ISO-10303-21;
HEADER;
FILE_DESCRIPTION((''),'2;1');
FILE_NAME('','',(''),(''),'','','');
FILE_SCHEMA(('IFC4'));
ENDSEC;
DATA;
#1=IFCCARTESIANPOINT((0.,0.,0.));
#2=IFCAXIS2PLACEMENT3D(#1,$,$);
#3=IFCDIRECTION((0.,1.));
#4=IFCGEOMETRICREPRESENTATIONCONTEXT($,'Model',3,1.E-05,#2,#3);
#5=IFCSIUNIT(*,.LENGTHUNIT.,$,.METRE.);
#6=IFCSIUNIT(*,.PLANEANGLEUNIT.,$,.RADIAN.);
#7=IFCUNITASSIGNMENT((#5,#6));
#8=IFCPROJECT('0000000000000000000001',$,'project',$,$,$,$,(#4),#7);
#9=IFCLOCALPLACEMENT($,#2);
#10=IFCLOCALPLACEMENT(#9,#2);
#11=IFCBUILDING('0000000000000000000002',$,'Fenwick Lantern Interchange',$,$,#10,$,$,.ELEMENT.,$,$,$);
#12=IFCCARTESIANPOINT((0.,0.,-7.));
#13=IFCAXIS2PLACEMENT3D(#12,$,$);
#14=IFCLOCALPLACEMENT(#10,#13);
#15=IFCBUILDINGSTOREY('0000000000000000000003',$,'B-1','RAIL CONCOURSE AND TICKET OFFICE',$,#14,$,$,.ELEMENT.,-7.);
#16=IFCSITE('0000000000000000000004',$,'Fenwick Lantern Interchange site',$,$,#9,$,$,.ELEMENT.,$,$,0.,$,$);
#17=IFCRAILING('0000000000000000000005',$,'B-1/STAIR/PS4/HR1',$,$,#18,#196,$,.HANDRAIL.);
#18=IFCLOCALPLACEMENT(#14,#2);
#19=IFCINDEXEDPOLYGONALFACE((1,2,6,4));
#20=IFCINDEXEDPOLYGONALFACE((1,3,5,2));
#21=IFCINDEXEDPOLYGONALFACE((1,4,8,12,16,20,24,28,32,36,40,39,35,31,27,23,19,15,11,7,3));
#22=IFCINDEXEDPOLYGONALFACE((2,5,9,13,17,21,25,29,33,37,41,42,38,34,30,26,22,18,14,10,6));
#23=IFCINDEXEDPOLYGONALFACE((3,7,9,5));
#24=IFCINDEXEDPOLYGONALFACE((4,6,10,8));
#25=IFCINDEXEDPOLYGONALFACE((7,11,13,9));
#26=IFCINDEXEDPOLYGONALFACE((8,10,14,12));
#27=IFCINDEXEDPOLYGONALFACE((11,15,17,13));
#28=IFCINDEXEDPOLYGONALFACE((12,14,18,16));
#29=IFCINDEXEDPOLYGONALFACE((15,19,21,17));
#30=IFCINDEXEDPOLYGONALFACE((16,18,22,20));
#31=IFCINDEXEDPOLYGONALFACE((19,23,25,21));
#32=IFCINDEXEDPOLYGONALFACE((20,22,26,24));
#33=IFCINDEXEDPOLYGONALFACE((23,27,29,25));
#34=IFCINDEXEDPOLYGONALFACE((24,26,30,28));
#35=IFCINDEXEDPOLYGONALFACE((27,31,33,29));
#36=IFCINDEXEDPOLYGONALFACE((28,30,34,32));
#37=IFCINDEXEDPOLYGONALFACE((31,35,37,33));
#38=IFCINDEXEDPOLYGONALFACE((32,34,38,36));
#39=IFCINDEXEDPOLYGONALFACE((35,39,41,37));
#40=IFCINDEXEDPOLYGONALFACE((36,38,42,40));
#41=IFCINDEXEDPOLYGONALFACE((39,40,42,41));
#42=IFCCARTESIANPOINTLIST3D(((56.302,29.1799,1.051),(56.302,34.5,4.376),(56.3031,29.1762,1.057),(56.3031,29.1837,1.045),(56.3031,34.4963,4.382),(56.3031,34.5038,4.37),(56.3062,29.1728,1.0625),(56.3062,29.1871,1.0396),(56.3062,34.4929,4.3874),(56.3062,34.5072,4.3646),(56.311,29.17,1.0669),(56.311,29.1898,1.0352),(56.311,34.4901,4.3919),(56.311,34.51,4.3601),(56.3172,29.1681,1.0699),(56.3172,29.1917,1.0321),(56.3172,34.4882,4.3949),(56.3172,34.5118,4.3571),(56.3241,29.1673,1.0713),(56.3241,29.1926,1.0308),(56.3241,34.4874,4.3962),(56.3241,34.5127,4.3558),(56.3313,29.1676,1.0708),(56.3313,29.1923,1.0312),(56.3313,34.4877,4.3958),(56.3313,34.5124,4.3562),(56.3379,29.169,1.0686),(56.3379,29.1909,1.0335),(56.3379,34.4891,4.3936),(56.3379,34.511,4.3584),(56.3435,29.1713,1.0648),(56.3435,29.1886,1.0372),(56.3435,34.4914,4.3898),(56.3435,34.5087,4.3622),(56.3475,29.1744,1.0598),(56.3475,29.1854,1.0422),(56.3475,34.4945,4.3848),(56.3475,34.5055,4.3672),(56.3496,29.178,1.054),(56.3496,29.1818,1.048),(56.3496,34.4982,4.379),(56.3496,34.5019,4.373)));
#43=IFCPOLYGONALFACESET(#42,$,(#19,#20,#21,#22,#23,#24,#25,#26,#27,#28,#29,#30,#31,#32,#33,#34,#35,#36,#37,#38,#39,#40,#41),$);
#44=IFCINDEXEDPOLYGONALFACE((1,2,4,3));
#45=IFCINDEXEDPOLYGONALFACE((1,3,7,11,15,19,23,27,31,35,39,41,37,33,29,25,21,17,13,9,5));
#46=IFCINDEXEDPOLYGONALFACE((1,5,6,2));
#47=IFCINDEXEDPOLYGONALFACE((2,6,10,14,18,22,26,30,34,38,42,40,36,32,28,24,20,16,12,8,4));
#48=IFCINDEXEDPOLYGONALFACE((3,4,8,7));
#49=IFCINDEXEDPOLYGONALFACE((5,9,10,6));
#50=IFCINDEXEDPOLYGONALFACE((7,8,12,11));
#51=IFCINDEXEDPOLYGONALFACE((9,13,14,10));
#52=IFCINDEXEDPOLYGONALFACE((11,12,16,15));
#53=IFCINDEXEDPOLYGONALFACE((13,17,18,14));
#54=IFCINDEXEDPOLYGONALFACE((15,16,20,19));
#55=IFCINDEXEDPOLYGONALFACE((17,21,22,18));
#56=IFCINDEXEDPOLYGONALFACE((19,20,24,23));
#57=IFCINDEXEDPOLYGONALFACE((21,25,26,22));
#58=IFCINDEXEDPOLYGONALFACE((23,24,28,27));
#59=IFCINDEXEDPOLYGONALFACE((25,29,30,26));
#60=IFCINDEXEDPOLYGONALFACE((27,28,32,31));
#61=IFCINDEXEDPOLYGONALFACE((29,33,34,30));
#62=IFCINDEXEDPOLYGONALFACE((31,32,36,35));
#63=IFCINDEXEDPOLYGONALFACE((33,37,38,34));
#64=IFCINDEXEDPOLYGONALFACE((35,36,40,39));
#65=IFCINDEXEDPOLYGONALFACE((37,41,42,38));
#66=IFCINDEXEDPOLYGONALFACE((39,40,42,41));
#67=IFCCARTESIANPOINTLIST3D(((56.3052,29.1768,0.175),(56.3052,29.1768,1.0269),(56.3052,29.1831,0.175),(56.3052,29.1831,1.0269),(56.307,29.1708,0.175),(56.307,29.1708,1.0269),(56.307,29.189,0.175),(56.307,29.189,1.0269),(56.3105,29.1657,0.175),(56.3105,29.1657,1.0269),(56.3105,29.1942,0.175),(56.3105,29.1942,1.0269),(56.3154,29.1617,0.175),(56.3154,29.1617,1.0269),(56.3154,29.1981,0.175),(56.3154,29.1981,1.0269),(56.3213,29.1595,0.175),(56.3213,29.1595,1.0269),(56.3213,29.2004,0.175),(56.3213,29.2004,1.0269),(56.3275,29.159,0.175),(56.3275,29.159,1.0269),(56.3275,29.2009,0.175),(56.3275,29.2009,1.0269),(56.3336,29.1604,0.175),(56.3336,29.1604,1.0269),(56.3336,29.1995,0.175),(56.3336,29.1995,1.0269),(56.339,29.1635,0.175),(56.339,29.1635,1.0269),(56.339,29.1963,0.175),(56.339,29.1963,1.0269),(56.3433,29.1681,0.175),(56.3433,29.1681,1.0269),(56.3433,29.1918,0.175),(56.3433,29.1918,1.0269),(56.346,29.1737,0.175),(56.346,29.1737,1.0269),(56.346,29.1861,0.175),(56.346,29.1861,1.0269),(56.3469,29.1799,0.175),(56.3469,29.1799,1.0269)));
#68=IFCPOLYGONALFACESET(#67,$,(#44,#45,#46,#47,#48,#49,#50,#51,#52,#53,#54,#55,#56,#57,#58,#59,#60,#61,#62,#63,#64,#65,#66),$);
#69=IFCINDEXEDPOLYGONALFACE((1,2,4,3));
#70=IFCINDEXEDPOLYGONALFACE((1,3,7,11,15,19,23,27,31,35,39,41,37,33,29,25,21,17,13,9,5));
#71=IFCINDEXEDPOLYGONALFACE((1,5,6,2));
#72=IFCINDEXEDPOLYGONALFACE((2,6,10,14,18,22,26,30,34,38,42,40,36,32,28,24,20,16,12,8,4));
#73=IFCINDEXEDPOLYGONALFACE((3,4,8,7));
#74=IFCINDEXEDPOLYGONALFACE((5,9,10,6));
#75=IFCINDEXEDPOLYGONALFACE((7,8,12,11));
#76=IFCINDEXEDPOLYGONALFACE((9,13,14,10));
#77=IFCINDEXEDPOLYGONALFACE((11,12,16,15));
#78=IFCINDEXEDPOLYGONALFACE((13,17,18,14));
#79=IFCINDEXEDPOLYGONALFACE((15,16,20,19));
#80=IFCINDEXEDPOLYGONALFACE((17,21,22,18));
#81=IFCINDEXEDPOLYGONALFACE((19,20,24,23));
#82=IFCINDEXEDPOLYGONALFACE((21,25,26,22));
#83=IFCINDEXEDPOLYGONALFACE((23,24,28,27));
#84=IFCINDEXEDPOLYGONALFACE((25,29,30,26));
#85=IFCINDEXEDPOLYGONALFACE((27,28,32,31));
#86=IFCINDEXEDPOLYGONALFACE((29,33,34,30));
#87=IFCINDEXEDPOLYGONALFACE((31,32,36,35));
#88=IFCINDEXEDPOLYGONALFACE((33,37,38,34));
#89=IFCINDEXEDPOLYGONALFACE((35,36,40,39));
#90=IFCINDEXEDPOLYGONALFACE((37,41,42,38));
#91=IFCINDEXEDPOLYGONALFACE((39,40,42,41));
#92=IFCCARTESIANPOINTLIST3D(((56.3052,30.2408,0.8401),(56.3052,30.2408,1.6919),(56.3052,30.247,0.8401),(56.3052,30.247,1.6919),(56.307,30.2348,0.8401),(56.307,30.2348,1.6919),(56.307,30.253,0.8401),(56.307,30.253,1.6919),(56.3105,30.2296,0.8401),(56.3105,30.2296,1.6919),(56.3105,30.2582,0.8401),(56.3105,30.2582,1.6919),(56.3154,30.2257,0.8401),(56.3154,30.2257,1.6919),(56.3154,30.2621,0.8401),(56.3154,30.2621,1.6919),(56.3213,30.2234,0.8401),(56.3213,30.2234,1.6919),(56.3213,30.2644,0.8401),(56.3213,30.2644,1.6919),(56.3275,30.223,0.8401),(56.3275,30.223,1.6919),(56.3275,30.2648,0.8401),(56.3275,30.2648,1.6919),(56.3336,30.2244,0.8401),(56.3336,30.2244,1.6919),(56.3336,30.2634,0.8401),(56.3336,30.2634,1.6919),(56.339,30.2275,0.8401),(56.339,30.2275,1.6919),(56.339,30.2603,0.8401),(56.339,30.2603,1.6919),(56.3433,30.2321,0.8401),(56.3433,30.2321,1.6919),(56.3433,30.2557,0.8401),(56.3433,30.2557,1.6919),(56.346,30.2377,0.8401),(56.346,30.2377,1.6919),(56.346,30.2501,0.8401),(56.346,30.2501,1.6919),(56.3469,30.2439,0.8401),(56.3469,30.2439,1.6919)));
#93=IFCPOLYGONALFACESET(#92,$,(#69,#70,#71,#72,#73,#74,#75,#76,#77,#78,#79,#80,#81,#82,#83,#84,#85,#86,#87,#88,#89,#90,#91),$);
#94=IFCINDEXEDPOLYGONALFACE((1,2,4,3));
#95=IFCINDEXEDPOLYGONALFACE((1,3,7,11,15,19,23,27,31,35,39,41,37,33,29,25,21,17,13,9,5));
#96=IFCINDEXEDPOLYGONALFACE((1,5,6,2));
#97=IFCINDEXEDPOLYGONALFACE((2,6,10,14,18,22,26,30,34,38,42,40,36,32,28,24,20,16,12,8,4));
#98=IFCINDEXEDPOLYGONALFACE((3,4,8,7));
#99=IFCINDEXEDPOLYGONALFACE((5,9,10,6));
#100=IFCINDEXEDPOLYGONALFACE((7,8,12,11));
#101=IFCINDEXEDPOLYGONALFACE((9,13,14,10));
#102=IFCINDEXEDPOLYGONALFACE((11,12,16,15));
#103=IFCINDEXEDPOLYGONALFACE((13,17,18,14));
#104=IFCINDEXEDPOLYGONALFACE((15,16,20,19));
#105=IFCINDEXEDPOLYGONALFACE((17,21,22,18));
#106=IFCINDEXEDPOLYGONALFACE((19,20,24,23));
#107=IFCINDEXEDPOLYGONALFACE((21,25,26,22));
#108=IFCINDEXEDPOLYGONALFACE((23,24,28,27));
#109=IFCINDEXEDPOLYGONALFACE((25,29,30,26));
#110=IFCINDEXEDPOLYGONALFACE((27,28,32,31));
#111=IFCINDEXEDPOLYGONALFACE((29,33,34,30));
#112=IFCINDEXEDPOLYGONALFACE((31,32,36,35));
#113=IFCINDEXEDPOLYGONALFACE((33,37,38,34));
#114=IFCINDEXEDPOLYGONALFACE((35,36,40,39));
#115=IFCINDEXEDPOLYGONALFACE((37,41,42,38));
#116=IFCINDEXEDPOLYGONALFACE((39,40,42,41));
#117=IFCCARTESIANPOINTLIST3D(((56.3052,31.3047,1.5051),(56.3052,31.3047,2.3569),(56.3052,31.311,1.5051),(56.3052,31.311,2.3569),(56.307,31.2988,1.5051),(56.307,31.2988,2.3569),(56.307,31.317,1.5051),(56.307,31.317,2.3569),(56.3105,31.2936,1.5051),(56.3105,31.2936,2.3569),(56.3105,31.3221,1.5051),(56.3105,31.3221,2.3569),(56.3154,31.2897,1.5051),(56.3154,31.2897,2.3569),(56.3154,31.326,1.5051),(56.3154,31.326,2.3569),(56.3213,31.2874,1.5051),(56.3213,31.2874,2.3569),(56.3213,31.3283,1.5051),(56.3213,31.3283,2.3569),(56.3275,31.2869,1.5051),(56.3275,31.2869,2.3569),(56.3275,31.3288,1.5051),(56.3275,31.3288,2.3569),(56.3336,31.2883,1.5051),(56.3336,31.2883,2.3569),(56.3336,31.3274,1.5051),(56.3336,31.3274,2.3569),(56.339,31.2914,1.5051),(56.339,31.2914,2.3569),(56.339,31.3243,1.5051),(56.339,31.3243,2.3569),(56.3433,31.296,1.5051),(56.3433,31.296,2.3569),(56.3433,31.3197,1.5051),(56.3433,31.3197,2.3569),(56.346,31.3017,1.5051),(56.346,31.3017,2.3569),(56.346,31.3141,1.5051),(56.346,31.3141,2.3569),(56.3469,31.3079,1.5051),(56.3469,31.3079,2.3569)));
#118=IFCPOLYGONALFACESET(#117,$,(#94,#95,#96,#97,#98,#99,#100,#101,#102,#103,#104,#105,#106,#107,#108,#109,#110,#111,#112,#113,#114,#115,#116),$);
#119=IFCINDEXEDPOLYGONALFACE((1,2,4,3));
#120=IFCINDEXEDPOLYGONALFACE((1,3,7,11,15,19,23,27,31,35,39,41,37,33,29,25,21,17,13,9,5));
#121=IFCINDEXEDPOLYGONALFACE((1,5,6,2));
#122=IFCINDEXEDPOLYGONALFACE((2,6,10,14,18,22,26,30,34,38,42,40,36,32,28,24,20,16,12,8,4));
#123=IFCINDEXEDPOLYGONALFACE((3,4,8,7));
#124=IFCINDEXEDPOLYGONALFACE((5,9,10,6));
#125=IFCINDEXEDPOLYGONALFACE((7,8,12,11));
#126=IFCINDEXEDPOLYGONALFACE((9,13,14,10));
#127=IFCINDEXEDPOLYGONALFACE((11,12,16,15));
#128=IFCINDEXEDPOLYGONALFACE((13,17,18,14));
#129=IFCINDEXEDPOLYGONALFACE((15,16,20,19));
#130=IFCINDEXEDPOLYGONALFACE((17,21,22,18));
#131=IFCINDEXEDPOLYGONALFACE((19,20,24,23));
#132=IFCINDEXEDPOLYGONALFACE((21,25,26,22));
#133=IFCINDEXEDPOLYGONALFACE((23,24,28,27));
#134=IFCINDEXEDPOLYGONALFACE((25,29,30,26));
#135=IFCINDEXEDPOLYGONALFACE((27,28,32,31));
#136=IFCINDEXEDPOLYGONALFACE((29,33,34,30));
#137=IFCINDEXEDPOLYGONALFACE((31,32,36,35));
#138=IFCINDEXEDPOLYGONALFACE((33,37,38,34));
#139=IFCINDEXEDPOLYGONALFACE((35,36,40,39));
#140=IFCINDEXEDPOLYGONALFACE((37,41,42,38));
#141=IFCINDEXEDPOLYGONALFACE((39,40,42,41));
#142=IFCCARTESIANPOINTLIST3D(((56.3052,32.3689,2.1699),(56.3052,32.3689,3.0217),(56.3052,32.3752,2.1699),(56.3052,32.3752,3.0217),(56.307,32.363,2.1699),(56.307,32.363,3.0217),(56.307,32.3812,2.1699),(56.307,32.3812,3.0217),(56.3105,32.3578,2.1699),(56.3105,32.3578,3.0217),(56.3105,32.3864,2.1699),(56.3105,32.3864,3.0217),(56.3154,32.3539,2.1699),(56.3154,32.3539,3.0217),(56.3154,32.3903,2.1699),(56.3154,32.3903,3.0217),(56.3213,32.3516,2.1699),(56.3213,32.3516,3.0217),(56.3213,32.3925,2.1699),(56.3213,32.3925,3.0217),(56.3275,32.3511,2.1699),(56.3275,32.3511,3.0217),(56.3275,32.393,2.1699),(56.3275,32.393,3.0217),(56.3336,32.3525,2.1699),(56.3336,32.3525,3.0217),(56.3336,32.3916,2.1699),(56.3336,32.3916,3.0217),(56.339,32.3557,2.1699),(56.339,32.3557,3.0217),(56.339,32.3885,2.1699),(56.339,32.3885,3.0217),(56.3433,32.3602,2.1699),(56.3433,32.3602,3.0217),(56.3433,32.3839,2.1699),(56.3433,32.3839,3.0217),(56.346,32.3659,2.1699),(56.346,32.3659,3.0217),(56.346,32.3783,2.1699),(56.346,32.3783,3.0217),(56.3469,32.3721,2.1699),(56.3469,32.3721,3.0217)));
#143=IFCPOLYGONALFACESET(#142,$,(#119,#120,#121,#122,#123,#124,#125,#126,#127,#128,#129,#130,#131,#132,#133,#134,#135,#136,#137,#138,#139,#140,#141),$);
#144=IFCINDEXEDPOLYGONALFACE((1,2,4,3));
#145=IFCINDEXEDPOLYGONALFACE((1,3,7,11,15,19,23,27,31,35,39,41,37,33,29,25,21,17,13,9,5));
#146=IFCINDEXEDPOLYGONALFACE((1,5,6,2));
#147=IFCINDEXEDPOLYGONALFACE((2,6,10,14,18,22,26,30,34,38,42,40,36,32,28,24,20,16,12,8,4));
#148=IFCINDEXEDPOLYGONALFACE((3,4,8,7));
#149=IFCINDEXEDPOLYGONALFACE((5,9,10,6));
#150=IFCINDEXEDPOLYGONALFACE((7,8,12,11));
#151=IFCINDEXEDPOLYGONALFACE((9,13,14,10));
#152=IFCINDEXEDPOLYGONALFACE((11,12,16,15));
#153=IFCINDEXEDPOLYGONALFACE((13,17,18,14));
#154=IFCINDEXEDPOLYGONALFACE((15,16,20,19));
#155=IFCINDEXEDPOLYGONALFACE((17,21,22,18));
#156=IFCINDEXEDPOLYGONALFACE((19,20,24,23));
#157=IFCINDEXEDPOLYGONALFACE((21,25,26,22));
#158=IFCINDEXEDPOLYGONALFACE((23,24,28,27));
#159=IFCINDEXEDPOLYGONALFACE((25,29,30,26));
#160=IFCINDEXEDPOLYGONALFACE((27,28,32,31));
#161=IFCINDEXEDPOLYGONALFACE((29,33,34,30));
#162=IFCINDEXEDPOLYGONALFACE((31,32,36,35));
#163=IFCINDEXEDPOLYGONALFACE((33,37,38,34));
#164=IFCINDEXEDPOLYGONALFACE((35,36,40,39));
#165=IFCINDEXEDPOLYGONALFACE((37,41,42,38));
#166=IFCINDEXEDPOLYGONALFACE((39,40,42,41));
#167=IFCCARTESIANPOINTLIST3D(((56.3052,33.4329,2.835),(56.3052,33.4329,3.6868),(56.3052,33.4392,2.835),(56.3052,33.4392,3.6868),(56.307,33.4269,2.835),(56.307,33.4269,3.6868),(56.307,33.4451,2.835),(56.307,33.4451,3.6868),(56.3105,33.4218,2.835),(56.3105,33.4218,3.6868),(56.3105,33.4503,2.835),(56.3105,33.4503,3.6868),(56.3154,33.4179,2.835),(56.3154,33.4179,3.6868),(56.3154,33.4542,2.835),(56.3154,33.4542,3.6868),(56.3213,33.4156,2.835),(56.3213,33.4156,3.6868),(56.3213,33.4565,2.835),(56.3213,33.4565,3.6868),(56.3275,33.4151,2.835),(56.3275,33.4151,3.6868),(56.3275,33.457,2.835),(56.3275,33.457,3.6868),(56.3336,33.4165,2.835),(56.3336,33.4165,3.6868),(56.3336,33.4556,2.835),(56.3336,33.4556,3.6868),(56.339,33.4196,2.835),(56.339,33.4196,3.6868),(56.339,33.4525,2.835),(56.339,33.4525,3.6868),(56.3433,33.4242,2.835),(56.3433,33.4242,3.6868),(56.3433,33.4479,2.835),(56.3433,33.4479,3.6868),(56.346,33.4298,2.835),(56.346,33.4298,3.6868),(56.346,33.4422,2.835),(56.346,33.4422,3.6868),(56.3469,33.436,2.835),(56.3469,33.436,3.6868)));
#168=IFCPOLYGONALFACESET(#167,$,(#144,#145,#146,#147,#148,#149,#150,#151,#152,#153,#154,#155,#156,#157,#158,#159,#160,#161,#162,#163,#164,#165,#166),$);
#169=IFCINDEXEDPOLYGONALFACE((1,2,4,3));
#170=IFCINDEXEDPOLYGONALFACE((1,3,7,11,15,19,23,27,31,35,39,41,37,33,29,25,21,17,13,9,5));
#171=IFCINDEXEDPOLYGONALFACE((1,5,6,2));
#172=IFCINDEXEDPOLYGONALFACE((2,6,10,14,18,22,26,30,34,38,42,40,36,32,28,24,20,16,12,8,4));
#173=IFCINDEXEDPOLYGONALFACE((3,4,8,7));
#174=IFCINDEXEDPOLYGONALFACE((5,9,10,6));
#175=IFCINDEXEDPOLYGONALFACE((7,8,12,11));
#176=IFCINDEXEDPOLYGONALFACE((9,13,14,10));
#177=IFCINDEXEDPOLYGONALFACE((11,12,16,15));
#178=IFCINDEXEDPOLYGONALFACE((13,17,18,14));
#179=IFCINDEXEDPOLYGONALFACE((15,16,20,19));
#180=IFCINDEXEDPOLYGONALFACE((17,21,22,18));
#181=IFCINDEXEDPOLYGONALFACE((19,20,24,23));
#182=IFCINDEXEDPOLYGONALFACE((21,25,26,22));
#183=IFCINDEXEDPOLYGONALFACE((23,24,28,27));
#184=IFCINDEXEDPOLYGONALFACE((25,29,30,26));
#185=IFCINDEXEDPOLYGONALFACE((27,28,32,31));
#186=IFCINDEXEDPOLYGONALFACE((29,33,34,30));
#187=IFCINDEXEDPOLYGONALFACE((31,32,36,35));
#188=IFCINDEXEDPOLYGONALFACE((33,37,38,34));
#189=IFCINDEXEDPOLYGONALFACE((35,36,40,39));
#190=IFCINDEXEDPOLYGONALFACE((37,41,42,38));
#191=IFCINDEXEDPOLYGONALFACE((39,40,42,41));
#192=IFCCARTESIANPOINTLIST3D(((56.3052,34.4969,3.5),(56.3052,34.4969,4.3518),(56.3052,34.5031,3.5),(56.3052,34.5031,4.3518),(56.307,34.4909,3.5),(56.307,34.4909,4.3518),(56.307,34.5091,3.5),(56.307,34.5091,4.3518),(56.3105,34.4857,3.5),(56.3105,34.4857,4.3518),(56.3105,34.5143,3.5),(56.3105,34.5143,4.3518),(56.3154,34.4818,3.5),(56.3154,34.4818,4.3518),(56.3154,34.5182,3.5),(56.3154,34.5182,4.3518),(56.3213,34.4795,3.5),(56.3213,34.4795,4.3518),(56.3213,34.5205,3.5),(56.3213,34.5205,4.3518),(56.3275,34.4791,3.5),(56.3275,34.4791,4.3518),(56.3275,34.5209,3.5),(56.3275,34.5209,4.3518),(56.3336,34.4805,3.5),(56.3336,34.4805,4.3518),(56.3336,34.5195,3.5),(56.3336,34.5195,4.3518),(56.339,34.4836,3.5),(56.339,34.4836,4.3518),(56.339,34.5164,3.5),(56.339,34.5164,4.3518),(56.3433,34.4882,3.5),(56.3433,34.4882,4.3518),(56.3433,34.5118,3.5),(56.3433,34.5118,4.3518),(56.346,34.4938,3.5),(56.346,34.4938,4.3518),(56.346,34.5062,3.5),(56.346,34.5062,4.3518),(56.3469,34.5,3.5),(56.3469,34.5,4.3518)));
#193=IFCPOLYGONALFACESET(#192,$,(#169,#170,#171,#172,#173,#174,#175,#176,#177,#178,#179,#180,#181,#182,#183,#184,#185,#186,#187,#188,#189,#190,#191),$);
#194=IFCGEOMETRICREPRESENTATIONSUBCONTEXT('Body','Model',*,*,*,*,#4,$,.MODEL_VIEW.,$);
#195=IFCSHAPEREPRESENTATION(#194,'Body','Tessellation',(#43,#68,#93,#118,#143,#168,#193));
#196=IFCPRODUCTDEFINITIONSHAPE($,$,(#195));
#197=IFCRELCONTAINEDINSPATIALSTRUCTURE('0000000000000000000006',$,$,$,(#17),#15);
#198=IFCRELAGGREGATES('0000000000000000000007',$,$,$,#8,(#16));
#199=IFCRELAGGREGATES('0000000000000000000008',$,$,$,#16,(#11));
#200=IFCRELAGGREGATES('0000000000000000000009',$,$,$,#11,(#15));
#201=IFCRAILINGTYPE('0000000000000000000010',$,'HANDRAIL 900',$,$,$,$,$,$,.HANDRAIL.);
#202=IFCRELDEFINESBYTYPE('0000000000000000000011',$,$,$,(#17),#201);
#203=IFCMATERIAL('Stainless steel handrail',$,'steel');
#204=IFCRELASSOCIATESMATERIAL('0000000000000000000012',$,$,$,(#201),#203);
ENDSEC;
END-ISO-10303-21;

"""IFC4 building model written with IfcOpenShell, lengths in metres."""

from ifc_helpers import new_model, si_unit, direction, frame, origin, origin_2d, place, context, subcontext, project, spatial, circle, extrude, material, type_object, element, save


model = new_model("IFC4")

# Units and contexts
model_context = context("Model", 3, precision=1e-05, world=origin(), true_north=direction((0.0, 1.0)))
body_context = subcontext(model_context, "Body", "Model", "MODEL_VIEW")
ifc_project = project(units=[si_unit("LENGTHUNIT", "METRE"), si_unit("PLANEANGLEUNIT", "RADIAN")], contexts=[model_context])

# Site, building, storey
site_placement = place(None, origin())
site = spatial("IfcSite", under=ifc_project, at=site_placement, Name="Fenwick Lantern Interchange site", CompositionType="ELEMENT", RefElevation=0.0)
building_placement = place(site_placement, origin())
building = spatial("IfcBuilding", under=site, at=building_placement, Name="Fenwick Lantern Interchange", CompositionType="ELEMENT")
storey_placement = place(building_placement, frame((0.0, 0.0, -7.0)))
storey = spatial("IfcBuildingStorey", under=building, at=storey_placement, Name="B-1", Description="RAIL CONCOURSE AND TICKET OFFICE", CompositionType="ELEMENT", Elevation=-7.0)

# Railing
ifc_material_1 = material(Name="Stainless steel handrail", Category="steel")
railing_type = type_object("IfcRailingType", Name="HANDRAIL 900", PredefinedType="HANDRAIL", material=ifc_material_1)
railing_placement = place(storey_placement, frame((56.3259, 29.1799, 0.175)))
element("IfcRailing", 1, at=railing_placement, inside=storey, type_object=railing_type, Name="B-1/STAIR/PS4/HR1", PredefinedType="HANDRAIL", context=body_context, shape_type="SweptSolid", body=[
    extrude(circle(Radius=0.0239, at=origin_2d()), frame((0.0, 0.0, 0.876), z_axis=(0.0, 0.848005, 0.529988), x_axis=(-1.0, 0.0, 0.0)), (0.0, 0.0, 1.0), 6.2737),
    extrude(circle(Radius=0.021, at=origin_2d()), origin(), (0.0, 0.0, 1.0), 0.8518),
    extrude(circle(Radius=0.021, at=origin_2d()), frame((0.0, 1.064, 0.665)), (0.0, 0.0, 1.0), 0.8518),
    extrude(circle(Radius=0.021, at=origin_2d()), frame((0.0, 2.1279, 1.3301)), (0.0, 0.0, 1.0), 0.8518),
    extrude(circle(Radius=0.021, at=origin_2d()), frame((0.0, 3.1921, 1.9949)), (0.0, 0.0, 1.0), 0.8518),
    extrude(circle(Radius=0.021, at=origin_2d()), frame((0.0, 4.2561, 2.6599)), (0.0, 0.0, 1.0), 0.8518),
    extrude(circle(Radius=0.021, at=origin_2d()), frame((0.0, 5.3201, 3.325)), (0.0, 0.0, 1.0), 0.8518),
])

save(model, "model.ifc")
